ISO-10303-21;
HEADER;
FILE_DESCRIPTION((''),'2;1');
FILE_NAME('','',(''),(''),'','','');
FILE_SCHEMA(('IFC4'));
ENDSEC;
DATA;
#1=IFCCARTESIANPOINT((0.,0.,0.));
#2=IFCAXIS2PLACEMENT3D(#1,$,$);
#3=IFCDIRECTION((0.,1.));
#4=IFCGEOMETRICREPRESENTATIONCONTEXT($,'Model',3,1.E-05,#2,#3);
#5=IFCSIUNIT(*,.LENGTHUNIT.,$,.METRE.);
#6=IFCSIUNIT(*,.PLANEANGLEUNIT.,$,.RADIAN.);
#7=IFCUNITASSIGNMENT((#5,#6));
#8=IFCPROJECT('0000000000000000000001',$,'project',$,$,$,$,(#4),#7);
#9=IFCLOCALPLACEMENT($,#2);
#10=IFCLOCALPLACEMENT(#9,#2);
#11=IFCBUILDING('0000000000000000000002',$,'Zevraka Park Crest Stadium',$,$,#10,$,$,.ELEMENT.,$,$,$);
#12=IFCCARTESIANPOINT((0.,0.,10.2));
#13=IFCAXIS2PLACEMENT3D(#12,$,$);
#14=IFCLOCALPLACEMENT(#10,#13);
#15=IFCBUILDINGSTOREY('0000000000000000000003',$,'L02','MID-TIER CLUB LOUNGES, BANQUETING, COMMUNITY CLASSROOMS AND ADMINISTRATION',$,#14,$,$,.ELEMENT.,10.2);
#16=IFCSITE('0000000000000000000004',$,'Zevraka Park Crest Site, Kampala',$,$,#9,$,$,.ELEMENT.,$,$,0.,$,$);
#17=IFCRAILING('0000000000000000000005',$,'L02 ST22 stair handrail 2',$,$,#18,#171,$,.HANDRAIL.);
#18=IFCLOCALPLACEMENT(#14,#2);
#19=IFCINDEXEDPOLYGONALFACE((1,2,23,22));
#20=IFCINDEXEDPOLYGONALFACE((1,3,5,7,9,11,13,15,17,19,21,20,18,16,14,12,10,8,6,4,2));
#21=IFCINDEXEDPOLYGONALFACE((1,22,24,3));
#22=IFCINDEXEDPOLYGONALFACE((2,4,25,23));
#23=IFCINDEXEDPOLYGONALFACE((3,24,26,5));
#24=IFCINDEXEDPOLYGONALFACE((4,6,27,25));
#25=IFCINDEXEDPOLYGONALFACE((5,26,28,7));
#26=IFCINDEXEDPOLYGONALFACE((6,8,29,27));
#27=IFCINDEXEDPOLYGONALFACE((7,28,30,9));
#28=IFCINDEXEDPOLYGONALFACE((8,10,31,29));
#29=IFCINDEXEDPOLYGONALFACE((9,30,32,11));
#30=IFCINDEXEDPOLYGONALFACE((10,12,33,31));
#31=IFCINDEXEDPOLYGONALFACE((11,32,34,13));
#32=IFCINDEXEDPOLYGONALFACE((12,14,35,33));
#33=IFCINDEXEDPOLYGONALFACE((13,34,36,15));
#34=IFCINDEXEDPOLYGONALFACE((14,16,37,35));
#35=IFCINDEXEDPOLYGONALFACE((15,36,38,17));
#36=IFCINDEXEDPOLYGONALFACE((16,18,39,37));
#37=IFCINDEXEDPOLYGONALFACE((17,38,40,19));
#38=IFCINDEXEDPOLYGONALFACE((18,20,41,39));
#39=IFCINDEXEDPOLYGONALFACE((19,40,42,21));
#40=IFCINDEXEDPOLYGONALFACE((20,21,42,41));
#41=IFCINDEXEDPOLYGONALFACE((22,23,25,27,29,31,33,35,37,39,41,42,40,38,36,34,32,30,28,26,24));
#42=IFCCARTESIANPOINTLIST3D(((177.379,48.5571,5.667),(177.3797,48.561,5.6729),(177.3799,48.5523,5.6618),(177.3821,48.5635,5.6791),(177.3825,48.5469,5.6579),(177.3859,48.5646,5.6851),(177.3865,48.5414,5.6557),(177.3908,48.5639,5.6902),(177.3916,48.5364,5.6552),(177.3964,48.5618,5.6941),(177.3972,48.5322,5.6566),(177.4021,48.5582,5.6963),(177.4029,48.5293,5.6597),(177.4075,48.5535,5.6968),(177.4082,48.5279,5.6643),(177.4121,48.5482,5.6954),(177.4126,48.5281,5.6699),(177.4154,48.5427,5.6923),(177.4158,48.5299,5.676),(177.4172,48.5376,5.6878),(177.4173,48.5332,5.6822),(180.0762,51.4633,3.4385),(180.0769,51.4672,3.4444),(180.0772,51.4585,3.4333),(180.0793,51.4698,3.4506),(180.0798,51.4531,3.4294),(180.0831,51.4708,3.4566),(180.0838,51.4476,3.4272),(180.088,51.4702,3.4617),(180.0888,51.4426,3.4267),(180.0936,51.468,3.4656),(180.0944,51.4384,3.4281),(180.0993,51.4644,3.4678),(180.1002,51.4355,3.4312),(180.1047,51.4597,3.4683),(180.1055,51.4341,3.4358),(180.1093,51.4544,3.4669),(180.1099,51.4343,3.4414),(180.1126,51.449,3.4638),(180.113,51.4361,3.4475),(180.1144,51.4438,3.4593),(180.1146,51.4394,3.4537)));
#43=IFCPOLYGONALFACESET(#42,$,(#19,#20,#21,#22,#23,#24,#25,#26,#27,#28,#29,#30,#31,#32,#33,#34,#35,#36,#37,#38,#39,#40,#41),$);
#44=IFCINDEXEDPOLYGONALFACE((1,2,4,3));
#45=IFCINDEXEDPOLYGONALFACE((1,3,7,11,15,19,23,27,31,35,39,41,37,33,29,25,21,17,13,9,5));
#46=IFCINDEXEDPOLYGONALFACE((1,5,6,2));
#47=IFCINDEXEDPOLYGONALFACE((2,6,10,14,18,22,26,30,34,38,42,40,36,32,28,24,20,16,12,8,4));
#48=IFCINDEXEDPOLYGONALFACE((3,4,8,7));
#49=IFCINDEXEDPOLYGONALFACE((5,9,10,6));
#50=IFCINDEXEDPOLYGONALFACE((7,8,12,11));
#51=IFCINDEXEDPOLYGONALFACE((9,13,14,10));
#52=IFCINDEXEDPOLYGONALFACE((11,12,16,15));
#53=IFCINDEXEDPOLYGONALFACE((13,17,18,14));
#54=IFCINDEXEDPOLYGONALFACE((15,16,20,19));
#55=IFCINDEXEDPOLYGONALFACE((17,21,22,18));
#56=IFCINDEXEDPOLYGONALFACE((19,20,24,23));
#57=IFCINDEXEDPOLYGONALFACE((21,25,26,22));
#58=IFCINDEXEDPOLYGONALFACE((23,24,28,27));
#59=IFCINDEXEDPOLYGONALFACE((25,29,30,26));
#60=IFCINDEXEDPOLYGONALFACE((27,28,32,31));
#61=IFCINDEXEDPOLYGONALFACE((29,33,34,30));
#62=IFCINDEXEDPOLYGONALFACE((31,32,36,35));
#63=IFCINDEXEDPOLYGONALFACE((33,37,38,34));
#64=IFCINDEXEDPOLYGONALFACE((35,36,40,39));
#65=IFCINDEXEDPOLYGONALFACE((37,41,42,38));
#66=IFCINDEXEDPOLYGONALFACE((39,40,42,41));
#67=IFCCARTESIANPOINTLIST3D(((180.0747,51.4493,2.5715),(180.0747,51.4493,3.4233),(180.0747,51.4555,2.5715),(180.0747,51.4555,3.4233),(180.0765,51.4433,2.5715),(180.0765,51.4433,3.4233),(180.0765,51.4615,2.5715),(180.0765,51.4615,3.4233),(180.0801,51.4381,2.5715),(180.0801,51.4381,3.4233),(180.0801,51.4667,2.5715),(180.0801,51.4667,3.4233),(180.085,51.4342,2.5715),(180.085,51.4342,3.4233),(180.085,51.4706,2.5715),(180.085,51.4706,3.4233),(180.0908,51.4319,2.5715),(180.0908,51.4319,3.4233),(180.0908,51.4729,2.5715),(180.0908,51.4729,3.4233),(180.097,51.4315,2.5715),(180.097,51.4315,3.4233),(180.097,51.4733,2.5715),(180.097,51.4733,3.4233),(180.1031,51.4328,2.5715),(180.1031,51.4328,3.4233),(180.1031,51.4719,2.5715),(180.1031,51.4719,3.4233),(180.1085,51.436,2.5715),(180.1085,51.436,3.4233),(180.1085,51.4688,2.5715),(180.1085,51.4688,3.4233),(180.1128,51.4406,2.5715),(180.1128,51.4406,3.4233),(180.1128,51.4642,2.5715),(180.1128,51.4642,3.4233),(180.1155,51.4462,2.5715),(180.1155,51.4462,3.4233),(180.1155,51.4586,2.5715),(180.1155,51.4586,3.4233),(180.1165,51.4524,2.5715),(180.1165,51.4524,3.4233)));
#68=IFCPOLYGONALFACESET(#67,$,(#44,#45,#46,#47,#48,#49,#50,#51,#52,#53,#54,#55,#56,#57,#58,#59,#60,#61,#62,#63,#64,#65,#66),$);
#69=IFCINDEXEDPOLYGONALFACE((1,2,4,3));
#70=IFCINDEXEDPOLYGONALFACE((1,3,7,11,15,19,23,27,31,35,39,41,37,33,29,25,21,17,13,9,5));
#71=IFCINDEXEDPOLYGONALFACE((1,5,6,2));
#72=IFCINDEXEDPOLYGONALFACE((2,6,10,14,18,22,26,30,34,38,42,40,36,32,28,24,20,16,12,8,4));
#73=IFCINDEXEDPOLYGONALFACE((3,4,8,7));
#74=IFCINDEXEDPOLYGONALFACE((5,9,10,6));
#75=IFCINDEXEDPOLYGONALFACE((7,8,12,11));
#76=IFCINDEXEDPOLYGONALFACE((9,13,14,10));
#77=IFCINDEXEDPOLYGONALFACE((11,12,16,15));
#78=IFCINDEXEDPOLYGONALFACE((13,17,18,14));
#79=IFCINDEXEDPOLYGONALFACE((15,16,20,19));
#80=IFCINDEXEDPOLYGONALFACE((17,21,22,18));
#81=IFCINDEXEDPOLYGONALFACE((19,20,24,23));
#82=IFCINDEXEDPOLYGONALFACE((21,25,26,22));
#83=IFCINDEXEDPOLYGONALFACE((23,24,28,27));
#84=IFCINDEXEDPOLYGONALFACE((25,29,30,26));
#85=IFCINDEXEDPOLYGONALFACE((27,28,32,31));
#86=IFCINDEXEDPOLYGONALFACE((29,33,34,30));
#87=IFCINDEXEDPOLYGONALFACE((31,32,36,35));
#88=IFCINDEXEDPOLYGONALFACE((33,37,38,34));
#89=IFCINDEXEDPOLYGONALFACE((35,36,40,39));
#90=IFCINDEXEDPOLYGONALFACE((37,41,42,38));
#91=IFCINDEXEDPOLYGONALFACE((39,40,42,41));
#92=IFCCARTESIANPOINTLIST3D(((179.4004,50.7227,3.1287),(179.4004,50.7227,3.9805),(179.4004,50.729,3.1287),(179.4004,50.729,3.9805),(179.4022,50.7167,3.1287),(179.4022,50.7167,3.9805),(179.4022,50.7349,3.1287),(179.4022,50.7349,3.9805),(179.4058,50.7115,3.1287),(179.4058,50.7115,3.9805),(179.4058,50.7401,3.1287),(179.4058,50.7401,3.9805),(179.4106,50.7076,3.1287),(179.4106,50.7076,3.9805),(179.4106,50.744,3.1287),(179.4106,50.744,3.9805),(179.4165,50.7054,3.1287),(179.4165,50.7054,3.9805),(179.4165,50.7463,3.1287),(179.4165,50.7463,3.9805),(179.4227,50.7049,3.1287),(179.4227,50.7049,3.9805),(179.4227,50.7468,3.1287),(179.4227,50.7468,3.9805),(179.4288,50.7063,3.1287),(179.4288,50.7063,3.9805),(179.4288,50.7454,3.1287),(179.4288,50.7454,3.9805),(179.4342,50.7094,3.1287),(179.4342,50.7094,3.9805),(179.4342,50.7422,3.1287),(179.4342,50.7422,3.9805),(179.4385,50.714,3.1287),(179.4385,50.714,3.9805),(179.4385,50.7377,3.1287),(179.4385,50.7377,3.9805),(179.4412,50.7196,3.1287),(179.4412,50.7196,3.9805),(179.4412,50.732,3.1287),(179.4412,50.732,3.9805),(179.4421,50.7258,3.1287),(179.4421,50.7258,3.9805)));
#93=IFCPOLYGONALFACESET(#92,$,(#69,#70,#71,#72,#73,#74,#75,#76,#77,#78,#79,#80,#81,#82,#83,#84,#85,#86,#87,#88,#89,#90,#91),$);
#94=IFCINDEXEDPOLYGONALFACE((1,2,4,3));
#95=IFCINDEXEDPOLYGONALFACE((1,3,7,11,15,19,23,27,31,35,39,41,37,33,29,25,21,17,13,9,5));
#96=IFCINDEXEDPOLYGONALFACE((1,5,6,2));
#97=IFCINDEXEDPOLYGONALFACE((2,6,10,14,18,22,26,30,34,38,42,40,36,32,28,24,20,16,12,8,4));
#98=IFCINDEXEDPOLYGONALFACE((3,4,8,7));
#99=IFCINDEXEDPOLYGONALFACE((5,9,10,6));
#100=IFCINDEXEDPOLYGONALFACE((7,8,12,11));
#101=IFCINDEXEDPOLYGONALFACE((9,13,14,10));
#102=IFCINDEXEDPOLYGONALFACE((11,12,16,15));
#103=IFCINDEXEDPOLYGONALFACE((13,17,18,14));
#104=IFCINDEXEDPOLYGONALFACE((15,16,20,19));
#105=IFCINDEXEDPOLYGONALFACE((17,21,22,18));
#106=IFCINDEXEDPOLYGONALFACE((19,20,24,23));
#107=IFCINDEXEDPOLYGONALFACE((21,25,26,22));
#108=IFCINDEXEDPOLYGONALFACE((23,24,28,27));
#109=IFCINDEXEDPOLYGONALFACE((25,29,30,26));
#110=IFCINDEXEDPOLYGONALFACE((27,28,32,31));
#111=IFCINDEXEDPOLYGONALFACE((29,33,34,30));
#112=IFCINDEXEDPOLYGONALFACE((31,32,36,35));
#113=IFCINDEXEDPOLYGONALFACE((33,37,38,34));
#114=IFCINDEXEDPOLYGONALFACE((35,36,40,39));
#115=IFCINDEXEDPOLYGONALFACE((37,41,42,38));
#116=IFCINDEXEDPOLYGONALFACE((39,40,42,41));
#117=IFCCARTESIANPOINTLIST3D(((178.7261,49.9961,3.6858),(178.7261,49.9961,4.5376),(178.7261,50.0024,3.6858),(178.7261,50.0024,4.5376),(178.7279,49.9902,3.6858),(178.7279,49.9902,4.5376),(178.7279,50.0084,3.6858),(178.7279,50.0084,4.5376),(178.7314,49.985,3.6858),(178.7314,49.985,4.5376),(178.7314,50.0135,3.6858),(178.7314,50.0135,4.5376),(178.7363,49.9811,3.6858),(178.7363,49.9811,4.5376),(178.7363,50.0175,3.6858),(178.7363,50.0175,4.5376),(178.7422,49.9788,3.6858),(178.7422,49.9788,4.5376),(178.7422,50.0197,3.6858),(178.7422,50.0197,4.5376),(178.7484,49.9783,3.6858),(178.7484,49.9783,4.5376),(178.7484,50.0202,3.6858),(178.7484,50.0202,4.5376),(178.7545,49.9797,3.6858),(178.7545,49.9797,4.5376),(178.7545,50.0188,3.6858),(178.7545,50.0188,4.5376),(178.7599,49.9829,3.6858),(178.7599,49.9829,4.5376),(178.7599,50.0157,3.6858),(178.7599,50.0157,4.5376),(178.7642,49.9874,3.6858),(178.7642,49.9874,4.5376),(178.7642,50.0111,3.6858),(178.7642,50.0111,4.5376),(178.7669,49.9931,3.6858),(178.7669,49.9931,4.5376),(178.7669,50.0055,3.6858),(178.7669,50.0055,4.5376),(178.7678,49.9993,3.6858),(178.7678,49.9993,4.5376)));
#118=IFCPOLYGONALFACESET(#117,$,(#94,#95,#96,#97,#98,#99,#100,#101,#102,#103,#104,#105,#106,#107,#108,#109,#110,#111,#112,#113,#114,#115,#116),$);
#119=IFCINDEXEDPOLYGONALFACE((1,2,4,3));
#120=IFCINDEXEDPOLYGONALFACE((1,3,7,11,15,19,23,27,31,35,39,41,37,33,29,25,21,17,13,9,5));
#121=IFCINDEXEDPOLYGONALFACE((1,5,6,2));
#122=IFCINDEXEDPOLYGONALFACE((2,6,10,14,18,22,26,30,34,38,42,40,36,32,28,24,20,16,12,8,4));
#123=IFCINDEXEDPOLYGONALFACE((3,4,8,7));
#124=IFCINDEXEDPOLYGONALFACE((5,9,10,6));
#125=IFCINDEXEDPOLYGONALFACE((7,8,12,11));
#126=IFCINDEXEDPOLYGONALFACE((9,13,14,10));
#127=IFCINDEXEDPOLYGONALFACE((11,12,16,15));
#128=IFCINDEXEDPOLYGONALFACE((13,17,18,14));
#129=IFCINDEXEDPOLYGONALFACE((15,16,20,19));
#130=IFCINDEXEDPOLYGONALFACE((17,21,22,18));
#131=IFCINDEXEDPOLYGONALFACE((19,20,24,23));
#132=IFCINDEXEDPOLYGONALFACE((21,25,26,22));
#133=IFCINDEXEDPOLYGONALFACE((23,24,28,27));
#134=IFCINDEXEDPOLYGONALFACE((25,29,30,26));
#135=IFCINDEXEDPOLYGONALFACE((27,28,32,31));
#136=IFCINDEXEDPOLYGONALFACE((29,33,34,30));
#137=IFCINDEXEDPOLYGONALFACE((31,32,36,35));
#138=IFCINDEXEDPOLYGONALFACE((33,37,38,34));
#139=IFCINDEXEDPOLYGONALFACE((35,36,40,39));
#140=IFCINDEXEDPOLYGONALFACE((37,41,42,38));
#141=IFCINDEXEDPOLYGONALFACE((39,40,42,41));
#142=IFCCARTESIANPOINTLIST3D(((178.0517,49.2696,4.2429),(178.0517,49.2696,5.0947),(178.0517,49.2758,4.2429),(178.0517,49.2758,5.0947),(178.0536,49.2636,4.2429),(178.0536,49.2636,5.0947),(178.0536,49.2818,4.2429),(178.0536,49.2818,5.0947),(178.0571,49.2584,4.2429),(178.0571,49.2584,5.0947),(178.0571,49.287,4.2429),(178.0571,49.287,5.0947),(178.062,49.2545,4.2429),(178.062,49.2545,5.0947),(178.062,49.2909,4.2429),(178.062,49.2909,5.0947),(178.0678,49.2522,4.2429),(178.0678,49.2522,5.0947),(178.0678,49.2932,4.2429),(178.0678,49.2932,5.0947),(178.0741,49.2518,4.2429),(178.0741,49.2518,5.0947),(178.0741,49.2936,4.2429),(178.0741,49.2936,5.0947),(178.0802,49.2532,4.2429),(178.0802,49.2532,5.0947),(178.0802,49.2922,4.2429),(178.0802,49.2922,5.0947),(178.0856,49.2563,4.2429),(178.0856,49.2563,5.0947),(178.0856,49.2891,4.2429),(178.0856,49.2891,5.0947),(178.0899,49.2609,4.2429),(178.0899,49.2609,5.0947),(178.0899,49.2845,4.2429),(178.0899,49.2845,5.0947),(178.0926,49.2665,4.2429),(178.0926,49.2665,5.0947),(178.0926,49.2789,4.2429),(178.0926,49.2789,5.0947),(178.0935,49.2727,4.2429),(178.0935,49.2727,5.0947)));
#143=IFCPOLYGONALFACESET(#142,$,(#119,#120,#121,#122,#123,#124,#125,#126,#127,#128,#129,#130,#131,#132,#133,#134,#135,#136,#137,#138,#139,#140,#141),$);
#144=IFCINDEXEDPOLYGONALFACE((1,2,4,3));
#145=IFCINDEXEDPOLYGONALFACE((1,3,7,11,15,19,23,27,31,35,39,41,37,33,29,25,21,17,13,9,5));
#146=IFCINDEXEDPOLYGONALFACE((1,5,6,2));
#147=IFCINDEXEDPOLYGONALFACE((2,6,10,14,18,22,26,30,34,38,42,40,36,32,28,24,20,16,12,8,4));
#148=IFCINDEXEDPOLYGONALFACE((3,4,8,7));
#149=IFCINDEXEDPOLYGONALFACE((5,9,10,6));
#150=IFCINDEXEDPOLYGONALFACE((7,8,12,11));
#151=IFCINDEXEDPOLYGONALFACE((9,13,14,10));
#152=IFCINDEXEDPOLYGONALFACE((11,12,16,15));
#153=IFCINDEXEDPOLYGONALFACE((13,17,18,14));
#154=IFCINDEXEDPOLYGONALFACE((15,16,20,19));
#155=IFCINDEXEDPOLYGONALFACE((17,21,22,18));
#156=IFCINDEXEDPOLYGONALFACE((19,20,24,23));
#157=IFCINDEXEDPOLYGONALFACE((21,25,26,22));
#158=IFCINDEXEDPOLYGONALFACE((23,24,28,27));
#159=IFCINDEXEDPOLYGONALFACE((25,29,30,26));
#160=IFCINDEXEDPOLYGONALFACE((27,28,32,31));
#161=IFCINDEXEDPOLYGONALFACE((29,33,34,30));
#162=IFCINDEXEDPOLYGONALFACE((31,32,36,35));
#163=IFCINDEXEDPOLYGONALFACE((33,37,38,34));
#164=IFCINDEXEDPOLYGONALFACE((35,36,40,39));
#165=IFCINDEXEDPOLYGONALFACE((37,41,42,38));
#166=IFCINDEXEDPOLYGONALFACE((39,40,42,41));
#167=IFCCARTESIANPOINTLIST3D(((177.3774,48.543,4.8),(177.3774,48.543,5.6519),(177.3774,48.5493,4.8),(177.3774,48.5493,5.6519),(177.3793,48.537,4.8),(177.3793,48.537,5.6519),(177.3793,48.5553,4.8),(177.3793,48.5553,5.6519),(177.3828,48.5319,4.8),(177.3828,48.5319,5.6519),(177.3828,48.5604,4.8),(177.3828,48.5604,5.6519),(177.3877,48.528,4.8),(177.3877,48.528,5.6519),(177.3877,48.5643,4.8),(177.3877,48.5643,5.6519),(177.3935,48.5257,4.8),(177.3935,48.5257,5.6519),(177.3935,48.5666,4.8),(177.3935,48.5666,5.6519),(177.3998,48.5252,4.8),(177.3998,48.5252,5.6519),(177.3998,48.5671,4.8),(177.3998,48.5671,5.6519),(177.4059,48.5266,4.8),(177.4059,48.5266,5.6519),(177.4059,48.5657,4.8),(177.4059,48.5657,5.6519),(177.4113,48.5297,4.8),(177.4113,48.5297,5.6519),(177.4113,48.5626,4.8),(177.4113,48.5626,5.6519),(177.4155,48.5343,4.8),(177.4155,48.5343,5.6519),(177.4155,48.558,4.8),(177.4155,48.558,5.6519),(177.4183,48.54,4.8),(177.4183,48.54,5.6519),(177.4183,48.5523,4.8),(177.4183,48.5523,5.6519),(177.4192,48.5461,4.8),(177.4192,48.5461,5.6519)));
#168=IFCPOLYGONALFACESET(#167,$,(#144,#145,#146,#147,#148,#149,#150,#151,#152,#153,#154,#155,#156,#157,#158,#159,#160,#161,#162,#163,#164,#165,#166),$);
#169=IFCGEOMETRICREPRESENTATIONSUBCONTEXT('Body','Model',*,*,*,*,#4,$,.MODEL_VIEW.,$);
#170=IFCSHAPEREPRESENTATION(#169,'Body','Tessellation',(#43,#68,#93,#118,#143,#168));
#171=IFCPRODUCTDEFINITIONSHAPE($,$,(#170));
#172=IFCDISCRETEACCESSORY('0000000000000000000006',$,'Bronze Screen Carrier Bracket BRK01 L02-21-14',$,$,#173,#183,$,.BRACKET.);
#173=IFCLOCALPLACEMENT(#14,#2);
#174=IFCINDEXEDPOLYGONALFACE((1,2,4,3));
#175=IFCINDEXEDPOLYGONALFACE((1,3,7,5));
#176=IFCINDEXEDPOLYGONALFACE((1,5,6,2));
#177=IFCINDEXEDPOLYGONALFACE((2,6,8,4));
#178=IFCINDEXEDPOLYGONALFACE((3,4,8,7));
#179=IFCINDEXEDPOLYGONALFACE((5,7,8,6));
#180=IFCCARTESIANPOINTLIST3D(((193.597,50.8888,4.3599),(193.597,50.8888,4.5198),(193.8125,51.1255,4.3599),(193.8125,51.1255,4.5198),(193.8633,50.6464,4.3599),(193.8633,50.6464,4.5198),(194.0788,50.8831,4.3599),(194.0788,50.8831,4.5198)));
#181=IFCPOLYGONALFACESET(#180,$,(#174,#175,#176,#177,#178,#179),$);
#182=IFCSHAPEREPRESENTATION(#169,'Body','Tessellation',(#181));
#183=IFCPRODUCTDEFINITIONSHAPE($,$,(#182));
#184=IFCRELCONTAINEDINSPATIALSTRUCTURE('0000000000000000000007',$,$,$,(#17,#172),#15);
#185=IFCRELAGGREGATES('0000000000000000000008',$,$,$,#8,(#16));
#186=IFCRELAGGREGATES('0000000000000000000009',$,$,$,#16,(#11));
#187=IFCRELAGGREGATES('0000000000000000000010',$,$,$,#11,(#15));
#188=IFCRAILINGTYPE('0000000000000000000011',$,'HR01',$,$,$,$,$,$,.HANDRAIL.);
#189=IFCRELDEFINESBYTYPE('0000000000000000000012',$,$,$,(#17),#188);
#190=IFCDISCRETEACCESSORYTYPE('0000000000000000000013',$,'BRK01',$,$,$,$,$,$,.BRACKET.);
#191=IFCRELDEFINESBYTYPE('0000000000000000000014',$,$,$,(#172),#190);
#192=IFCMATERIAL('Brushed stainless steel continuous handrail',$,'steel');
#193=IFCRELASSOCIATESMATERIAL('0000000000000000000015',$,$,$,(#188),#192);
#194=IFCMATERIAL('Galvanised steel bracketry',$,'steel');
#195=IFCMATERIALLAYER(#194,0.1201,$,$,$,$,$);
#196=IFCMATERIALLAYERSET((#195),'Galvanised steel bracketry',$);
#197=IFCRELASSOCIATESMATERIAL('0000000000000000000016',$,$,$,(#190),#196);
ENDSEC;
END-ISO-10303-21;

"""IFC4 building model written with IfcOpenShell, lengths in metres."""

from ifc_helpers import new_model, si_unit, direction, frame, origin, origin_2d, place, context, subcontext, project, spatial, rectangle, circle, extrude, material, layer, layer_set, type_object, element, save


model = new_model("IFC4")

# Units and contexts
model_context = context("Model", 3, precision=1e-05, world=origin(), true_north=direction((0.0, 1.0)))
body_context = subcontext(model_context, "Body", "Model", "MODEL_VIEW")
ifc_project = project(units=[si_unit("LENGTHUNIT", "METRE"), si_unit("PLANEANGLEUNIT", "RADIAN")], contexts=[model_context])

# Site, building, storey
site_placement = place(None, origin())
site = spatial("IfcSite", under=ifc_project, at=site_placement, Name="Zevraka Park Crest Site, Kampala", CompositionType="ELEMENT", RefElevation=0.0)
building_placement = place(site_placement, origin())
building = spatial("IfcBuilding", under=site, at=building_placement, Name="Zevraka Park Crest Stadium", CompositionType="ELEMENT")
storey_placement = place(building_placement, frame((0.0, 0.0, 10.2)))
storey = spatial("IfcBuildingStorey", under=building, at=storey_placement, Name="L02", Description="MID-TIER CLUB LOUNGES, BANQUETING, COMMUNITY CLASSROOMS AND ADMINISTRATION", CompositionType="ELEMENT", Elevation=10.2)

# Railing
ifc_material_1 = material(Name="Brushed stainless steel continuous handrail", Category="steel")
railing_type_1 = type_object("IfcRailingType", Name="HR01", PredefinedType="HANDRAIL", material=ifc_material_1)
railing_1_placement = place(storey_placement, frame((180.0955, 51.4524, 2.5715)))
element("IfcRailing", 1, at=railing_1_placement, inside=storey, type_object=railing_type_1, Name="L02 ST22 stair handrail 2", PredefinedType="HANDRAIL", context=body_context, shape_type="SweptSolid", body=[
    extrude(circle(Radius=0.0239, at=origin_2d()), frame((0.0, 0.0, 0.876), z_axis=(-0.593016, -0.638963, 0.489957), x_axis=(0.732969, -0.680262, 0.0)), (0.0, 0.0, 1.0), 4.5483),
    extrude(circle(Radius=0.021, at=origin_2d()), origin(), (0.0, 0.0, 1.0), 0.8518),
    extrude(circle(Radius=0.021, at=origin_2d()), frame((-0.6743, -0.7266, 0.5571)), (0.0, 0.0, 1.0), 0.8518),
    extrude(circle(Radius=0.021, at=origin_2d()), frame((-1.3486, -1.4531, 1.1143)), (0.0, 0.0, 1.0), 0.8518),
    extrude(circle(Radius=0.021, at=origin_2d()), frame((-2.0229, -2.1797, 1.6714)), (0.0, 0.0, 1.0), 0.8518),
    extrude(circle(Radius=0.021, at=origin_2d()), frame((-2.6973, -2.9062, 2.2285)), (0.0, 0.0, 1.0), 0.8518),
])

# Discrete accessory
ifc_material_2 = material(Name="Galvanised steel bracketry", Category="steel")
ifc_layer_1 = layer(ifc_material_2, 0.1201)
ifc_layer_set_1 = layer_set([ifc_layer_1], Name="Galvanised steel bracketry")
discrete_accessory_type = type_object("IfcDiscreteAccessoryType", Name="BRK01", PredefinedType="BRACKET", material=ifc_layer_set_1)
discrete_accessory_placement = place(storey_placement, frame((193.8379, 50.886, 4.3599), z_axis=(0.0, 0.0, 1.0), x_axis=(0.673142, 0.739514, 0.0)))
element("IfcDiscreteAccessory", 2, at=discrete_accessory_placement, inside=storey, type_object=discrete_accessory_type, Name="Bronze Screen Carrier Bracket BRK01 L02-21-14", PredefinedType="BRACKET", context=body_context, shape_type="SweptSolid", body=[
    extrude(rectangle(XDim=0.3201, YDim=0.3601, at=origin_2d()), origin(), (0.0, 0.0, 1.0), 0.1599),
])

save(model, "model.ifc")
